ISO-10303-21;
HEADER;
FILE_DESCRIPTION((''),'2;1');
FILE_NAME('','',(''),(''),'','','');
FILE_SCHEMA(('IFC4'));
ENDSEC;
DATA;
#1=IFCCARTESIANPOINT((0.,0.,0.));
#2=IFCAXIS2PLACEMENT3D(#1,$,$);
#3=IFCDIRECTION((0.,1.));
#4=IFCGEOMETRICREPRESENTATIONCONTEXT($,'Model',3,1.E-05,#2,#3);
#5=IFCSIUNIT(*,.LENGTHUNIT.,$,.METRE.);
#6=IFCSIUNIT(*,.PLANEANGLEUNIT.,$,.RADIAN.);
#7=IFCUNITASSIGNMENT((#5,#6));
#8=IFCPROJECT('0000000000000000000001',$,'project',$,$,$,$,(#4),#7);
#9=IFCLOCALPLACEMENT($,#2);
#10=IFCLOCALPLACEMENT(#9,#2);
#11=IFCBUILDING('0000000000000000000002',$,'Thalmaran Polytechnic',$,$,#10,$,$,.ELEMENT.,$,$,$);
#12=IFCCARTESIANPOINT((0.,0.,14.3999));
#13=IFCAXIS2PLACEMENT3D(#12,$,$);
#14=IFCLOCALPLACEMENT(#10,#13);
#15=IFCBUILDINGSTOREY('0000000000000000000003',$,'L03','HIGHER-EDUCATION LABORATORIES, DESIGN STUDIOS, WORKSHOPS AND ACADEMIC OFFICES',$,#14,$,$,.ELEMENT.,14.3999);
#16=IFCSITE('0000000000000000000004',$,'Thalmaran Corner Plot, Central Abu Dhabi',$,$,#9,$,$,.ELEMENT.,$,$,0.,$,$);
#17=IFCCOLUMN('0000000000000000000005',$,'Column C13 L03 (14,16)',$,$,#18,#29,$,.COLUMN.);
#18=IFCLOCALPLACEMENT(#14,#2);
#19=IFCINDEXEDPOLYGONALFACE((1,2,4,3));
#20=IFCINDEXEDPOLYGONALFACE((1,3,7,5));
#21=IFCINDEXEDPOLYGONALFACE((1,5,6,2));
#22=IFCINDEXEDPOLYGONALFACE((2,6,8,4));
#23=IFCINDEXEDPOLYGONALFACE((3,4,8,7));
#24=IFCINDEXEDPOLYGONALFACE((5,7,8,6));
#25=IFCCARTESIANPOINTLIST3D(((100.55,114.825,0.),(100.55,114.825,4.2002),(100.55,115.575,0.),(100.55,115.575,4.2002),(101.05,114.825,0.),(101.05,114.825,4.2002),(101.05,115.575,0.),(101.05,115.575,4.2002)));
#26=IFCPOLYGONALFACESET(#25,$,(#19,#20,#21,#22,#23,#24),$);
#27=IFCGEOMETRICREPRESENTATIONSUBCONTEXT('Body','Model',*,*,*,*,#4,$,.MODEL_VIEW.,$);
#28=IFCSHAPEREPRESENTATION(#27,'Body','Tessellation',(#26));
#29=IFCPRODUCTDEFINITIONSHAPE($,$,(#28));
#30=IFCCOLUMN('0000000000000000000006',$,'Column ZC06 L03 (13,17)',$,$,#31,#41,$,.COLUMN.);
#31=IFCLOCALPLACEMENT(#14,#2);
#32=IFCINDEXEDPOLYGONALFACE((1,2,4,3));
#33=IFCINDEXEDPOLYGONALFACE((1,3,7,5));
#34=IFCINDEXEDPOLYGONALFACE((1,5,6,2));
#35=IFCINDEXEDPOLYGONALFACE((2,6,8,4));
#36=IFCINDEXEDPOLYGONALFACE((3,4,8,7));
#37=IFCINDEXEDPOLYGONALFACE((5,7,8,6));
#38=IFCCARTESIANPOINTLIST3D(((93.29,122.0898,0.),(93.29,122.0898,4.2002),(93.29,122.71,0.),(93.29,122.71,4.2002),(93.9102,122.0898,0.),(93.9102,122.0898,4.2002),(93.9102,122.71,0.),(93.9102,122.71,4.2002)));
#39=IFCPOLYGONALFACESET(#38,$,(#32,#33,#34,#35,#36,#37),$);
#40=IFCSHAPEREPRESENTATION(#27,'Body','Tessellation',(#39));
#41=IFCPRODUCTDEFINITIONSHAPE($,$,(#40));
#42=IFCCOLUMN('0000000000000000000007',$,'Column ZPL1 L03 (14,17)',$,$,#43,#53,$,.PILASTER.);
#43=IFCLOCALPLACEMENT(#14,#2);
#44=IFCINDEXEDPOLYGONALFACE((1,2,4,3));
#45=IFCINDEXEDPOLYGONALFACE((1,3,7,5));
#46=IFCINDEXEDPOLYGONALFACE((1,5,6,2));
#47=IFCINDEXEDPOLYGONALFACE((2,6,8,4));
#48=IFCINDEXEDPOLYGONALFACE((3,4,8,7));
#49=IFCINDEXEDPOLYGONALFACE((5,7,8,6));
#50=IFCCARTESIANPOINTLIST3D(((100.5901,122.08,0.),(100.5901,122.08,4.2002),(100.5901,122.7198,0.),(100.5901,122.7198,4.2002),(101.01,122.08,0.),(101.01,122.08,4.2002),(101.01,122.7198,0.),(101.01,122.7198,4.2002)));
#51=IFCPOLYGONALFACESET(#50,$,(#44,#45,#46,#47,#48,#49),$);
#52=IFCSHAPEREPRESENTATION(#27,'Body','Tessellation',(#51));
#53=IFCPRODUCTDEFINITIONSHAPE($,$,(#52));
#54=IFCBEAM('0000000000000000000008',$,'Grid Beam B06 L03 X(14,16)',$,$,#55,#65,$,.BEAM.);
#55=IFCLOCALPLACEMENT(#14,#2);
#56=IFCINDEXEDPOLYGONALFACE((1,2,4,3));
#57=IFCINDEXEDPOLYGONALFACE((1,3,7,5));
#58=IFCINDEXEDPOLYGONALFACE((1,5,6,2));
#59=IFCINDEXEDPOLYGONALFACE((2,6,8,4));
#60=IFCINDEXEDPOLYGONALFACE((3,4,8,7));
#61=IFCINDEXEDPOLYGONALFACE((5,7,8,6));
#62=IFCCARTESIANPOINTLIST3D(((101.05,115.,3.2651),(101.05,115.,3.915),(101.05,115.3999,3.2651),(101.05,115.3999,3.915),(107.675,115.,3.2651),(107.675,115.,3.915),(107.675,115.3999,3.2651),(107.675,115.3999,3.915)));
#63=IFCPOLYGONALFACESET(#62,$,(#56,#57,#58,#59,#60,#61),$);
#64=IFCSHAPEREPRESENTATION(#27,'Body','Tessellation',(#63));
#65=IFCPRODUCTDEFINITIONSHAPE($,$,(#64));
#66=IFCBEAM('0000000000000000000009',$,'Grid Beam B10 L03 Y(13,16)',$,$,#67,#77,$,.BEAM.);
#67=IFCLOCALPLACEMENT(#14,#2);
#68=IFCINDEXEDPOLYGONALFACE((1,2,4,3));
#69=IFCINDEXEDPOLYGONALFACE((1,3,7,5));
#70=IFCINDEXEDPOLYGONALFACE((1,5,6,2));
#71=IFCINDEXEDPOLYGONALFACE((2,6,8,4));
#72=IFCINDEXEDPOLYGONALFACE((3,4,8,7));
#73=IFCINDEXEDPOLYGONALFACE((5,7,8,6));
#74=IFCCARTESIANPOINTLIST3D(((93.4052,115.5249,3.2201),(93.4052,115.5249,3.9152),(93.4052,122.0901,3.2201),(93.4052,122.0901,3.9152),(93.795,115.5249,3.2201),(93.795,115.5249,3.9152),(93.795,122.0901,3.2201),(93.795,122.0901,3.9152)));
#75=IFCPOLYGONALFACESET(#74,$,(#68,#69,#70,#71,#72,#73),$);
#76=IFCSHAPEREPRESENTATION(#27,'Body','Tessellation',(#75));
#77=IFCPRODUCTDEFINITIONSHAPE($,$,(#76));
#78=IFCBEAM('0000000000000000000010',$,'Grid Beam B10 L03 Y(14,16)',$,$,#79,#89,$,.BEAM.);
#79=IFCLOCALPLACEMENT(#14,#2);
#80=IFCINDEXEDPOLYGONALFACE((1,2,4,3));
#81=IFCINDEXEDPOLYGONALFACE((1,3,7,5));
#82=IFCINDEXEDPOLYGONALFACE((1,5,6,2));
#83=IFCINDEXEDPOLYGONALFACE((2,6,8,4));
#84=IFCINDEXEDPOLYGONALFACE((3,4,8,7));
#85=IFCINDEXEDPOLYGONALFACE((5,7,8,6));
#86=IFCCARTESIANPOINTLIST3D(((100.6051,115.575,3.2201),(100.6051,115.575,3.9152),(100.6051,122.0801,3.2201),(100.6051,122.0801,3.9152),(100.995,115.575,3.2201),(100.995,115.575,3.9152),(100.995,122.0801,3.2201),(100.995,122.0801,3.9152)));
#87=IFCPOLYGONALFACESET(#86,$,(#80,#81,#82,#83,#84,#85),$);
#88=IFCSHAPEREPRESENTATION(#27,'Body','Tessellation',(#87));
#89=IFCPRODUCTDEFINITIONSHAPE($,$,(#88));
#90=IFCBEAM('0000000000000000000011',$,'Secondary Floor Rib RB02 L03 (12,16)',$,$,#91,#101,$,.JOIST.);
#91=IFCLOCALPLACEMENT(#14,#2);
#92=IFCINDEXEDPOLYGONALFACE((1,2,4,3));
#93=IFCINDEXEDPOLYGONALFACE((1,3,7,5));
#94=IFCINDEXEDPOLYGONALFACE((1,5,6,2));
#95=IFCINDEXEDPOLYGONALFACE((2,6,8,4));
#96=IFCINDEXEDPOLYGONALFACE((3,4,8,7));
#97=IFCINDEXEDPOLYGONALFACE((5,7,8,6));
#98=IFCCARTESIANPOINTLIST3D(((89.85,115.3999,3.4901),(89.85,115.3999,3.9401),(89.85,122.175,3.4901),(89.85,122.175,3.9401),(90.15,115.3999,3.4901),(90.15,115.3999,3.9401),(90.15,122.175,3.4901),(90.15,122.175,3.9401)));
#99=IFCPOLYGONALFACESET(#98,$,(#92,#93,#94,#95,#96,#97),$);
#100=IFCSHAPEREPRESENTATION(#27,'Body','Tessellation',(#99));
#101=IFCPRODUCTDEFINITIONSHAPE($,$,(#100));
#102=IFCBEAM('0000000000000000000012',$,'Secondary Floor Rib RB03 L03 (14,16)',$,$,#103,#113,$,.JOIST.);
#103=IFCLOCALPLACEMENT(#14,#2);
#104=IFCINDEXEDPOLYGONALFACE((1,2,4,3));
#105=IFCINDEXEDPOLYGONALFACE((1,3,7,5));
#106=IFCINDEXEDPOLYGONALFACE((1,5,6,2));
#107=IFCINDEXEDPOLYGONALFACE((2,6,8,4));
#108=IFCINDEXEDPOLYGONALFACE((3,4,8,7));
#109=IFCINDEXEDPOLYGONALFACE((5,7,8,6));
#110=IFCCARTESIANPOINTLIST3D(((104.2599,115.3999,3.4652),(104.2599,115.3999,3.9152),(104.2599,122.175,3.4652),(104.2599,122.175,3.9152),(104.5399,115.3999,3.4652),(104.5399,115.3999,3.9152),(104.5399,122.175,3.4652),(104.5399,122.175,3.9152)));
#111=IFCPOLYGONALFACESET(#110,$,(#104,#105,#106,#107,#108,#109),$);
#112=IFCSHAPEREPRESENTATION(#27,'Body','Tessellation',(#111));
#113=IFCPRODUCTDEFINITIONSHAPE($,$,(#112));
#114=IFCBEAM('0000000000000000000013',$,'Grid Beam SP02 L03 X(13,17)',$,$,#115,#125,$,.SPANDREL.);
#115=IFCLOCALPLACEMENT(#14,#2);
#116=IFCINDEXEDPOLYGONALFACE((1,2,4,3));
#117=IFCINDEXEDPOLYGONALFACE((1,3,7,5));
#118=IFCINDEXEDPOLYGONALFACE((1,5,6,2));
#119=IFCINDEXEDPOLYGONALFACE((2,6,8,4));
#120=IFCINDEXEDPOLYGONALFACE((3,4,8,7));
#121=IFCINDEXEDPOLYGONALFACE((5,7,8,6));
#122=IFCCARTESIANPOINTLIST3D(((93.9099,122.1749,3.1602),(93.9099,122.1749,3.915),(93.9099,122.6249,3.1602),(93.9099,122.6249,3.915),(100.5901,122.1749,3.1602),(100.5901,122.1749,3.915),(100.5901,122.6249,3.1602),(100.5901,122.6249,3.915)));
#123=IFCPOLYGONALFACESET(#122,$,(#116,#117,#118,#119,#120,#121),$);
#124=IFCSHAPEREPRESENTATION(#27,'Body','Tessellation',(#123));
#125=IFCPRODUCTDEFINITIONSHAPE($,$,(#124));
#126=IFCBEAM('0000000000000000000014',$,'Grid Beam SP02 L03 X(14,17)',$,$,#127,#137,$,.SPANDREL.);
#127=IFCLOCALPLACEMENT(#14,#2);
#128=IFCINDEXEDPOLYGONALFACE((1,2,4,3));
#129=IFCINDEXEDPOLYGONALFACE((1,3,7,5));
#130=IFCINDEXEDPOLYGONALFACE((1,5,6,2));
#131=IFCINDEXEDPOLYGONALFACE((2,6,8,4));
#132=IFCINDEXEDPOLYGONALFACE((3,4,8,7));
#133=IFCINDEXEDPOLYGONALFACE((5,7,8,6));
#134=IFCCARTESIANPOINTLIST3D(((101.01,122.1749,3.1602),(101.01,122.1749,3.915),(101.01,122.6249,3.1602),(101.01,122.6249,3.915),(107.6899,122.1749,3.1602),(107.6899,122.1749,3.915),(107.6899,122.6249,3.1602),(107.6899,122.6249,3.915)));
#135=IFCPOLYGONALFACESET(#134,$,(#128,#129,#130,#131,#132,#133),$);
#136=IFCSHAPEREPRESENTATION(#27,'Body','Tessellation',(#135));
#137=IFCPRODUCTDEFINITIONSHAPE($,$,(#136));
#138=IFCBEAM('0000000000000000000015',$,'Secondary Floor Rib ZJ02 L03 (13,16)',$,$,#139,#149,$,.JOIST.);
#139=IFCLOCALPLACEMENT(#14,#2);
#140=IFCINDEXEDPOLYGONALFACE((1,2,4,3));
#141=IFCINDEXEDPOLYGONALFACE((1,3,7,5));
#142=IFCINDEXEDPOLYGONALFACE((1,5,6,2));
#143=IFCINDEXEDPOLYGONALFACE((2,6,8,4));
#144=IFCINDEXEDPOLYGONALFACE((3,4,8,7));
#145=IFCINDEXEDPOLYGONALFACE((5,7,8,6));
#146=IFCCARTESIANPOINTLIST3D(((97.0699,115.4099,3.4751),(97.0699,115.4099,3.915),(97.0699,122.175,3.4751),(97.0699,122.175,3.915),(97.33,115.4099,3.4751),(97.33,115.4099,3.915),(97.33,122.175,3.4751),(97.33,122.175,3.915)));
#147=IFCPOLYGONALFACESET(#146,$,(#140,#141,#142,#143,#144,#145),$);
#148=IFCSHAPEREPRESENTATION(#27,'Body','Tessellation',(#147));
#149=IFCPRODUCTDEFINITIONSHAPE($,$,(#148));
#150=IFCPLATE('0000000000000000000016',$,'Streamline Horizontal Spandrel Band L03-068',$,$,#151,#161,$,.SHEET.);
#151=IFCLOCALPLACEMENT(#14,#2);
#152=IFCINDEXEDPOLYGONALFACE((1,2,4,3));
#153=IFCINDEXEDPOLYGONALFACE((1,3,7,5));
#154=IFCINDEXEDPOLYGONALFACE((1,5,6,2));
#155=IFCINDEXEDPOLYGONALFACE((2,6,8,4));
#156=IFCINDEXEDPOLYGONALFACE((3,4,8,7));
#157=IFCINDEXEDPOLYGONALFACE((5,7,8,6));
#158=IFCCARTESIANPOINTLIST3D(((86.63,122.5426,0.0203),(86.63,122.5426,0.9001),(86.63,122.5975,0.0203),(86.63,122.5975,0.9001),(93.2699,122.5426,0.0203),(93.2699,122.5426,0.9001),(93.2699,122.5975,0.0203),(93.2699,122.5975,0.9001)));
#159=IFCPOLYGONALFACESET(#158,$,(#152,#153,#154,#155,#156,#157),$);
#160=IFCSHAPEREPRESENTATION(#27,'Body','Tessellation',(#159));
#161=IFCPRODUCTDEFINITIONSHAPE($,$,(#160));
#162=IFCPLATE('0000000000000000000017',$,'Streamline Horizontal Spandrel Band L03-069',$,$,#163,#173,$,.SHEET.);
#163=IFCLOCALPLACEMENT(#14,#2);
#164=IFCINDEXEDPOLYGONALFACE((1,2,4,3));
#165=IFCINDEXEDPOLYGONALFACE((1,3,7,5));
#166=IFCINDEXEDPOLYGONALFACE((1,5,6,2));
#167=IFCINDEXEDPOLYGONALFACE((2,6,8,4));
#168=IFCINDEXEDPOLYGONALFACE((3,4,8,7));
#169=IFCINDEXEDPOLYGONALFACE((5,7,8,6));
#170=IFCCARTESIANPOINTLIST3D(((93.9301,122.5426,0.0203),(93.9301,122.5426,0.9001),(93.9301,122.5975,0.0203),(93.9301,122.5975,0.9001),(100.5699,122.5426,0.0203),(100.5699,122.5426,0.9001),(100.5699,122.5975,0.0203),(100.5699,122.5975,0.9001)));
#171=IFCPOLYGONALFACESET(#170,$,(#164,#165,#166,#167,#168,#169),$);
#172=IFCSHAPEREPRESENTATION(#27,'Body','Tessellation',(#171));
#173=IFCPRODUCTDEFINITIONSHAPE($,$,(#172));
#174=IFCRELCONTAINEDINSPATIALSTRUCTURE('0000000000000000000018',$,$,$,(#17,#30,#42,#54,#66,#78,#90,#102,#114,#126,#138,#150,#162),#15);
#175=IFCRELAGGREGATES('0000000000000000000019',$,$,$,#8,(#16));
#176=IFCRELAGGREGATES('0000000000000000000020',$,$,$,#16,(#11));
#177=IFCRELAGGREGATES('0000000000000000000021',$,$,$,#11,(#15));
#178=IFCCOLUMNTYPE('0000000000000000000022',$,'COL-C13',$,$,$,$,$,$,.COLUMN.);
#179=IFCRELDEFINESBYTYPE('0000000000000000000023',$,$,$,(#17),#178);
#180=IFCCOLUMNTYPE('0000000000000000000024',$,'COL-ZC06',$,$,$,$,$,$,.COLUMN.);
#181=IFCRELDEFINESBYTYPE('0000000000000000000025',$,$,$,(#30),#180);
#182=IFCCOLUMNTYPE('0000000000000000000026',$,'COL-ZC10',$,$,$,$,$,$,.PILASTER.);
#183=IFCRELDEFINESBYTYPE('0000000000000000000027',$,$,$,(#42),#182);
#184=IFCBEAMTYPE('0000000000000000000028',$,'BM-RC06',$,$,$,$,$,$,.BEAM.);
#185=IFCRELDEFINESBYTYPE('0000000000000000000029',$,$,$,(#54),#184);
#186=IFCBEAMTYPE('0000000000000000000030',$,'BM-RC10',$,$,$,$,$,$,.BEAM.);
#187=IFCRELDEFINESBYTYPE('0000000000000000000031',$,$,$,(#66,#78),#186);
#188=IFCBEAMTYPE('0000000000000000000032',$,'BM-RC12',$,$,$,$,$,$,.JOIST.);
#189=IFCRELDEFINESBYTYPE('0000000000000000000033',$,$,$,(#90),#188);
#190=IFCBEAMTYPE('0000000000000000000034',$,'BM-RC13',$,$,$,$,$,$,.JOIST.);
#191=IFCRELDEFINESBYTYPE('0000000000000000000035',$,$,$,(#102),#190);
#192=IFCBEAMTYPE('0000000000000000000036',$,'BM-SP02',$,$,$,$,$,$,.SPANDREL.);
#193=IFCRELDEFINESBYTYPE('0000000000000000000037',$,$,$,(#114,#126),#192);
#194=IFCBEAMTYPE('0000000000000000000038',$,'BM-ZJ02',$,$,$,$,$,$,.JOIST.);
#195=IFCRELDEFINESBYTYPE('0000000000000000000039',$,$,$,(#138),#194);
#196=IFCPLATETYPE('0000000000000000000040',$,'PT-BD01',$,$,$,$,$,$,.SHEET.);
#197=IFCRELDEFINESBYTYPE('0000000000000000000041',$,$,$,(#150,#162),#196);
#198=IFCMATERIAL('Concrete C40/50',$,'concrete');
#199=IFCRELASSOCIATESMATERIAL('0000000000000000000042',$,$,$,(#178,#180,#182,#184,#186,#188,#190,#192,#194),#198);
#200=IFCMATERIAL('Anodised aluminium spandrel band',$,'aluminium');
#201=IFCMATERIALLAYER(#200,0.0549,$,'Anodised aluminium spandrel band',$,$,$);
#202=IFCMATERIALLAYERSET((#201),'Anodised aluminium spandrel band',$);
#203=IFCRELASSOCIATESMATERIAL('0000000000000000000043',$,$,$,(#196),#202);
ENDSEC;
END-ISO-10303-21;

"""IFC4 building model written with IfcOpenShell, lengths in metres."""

from ifc_helpers import new_model, si_unit, direction, frame, origin, origin_2d, place, context, subcontext, project, spatial, rectangle, extrude, material, layer, layer_set, material_profile, profile_set, type_object, element, save


model = new_model("IFC4")

# Units and contexts
model_context = context("Model", 3, precision=1e-05, world=origin(), true_north=direction((0.0, 1.0)))
body_context = subcontext(model_context, "Body", "Model", "MODEL_VIEW")
ifc_project = project(units=[si_unit("LENGTHUNIT", "METRE"), si_unit("PLANEANGLEUNIT", "RADIAN")], contexts=[model_context])

# Site, building, storey
site_placement = place(None, origin())
site = spatial("IfcSite", under=ifc_project, at=site_placement, Name="Thalmaran Corner Plot, Central Abu Dhabi", CompositionType="ELEMENT", RefElevation=0.0)
building_placement = place(site_placement, origin())
building = spatial("IfcBuilding", under=site, at=building_placement, Name="Thalmaran Polytechnic", CompositionType="ELEMENT")
storey_placement = place(building_placement, frame((0.0, 0.0, 14.3999)))
storey = spatial("IfcBuildingStorey", under=building, at=storey_placement, Name="L03", Description="HIGHER-EDUCATION LABORATORIES, DESIGN STUDIOS, WORKSHOPS AND ACADEMIC OFFICES", CompositionType="ELEMENT", Elevation=14.3999)

# Columns
ifc_material_1 = material(Name="Concrete C40/50", Category="concrete")
ifc_material_profile_1 = material_profile(ifc_material_1, rectangle(XDim=0.5, YDim=0.75, at=origin_2d()), Name="RC 500x750")
ifc_profile_set_1 = profile_set([ifc_material_profile_1], Name="Concrete C40/50")
column_type_1 = type_object("IfcColumnType", Name="COL-C13", PredefinedType="COLUMN", material=ifc_profile_set_1)
column_1_placement = place(storey_placement, frame((100.8, 115.2, 0.0), z_axis=(0.0, 0.0, 1.0), x_axis=(1.0, 0.0, 0.0)))
element("IfcColumn", 1, at=column_1_placement, inside=storey, type_object=column_type_1, Name="Column C13 L03 (14,16)", PredefinedType="COLUMN", context=body_context, shape_type="SweptSolid", body=[
    extrude(rectangle(XDim=0.5, YDim=0.75, at=origin_2d()), origin(), (0.0, 0.0, 1.0), 4.2002),
])
ifc_material_profile_2 = material_profile(ifc_material_1, rectangle(XDim=0.6201, YDim=0.6201, at=origin_2d()), Name="RC 620x620")
ifc_profile_set_2 = profile_set([ifc_material_profile_2], Name="Concrete C40/50")
column_type_2 = type_object("IfcColumnType", Name="COL-ZC06", PredefinedType="COLUMN", material=ifc_profile_set_2)
column_2_placement = place(storey_placement, frame((93.6001, 122.3999, 0.0), z_axis=(0.0, 0.0, 1.0), x_axis=(1.0, 0.0, 0.0)))
element("IfcColumn", 2, at=column_2_placement, inside=storey, type_object=column_type_2, Name="Column ZC06 L03 (13,17)", PredefinedType="COLUMN", context=body_context, shape_type="SweptSolid", body=[
    extrude(rectangle(XDim=0.6201, YDim=0.6201, at=origin_2d()), origin(), (0.0, 0.0, 1.0), 4.2002),
])
ifc_material_profile_3 = material_profile(ifc_material_1, rectangle(XDim=0.4199, YDim=0.6399, at=origin_2d()), Name="RC 420x640")
ifc_profile_set_3 = profile_set([ifc_material_profile_3], Name="Concrete C40/50")
column_type_3 = type_object("IfcColumnType", Name="COL-ZC10", PredefinedType="PILASTER", material=ifc_profile_set_3)
column_3_placement = place(storey_placement, frame((100.8, 122.3999, 0.0), z_axis=(0.0, 0.0, 1.0), x_axis=(1.0, 0.0, 0.0)))
element("IfcColumn", 3, at=column_3_placement, inside=storey, type_object=column_type_3, Name="Column ZPL1 L03 (14,17)", PredefinedType="PILASTER", context=body_context, shape_type="SweptSolid", body=[
    extrude(rectangle(XDim=0.4199, YDim=0.6399, at=origin_2d()), origin(), (0.0, 0.0, 1.0), 4.2002),
])

# Beams
ifc_material_profile_4 = material_profile(ifc_material_1, rectangle(XDim=0.3999, YDim=0.6499, at=origin_2d()), Name="RC 400x650")
ifc_profile_set_4 = profile_set([ifc_material_profile_4], Name="Concrete C40/50")
beam_type_1 = type_object("IfcBeamType", Name="BM-RC06", PredefinedType="BEAM", material=ifc_profile_set_4)
beam_1_placement = place(storey_placement, frame((101.05, 115.2, 3.5901), z_axis=(1.0, 0.0, 0.0), x_axis=(0.0, 1.0, 0.0)))
element("IfcBeam", 4, at=beam_1_placement, inside=storey, type_object=beam_type_1, Name="Grid Beam B06 L03 X(14,16)", PredefinedType="BEAM", context=body_context, shape_type="SweptSolid", body=[
    extrude(rectangle(XDim=0.3999, YDim=0.6499, at=origin_2d()), origin(), (0.0, 0.0, 1.0), 6.625),
])
ifc_material_profile_5 = material_profile(ifc_material_1, rectangle(XDim=0.3899, YDim=0.6951, at=origin_2d()), Name="RC 390x695")
ifc_profile_set_5 = profile_set([ifc_material_profile_5], Name="Concrete C40/50")
beam_type_2 = type_object("IfcBeamType", Name="BM-RC10", PredefinedType="BEAM", material=ifc_profile_set_5)
beam_2_placement = place(storey_placement, frame((93.6001, 115.5249, 3.5676), z_axis=(0.0, 1.0, 0.0), x_axis=(-1.0, 0.0, 0.0)))
element("IfcBeam", 5, at=beam_2_placement, inside=storey, type_object=beam_type_2, Name="Grid Beam B10 L03 Y(13,16)", PredefinedType="BEAM", context=body_context, shape_type="SweptSolid", body=[
    extrude(rectangle(XDim=0.3899, YDim=0.6951, at=origin_2d()), origin(), (0.0, 0.0, 1.0), 6.5652),
])
beam_3_placement = place(storey_placement, frame((100.8, 115.575, 3.5676), z_axis=(0.0, 1.0, 0.0), x_axis=(-1.0, 0.0, 0.0)))
element("IfcBeam", 6, at=beam_3_placement, inside=storey, type_object=beam_type_2, Name="Grid Beam B10 L03 Y(14,16)", PredefinedType="BEAM", context=body_context, shape_type="SweptSolid", body=[
    extrude(rectangle(XDim=0.3899, YDim=0.6951, at=origin_2d()), origin(), (0.0, 0.0, 1.0), 6.5051),
])
ifc_material_profile_6 = material_profile(ifc_material_1, rectangle(XDim=0.3, YDim=0.45, at=origin_2d()), Name="RC 300x450")
ifc_profile_set_6 = profile_set([ifc_material_profile_6], Name="Concrete C40/50")
beam_type_3 = type_object("IfcBeamType", Name="BM-RC12", PredefinedType="JOIST", material=ifc_profile_set_6)
beam_4_placement = place(storey_placement, frame((90.0, 115.3999, 3.7151), z_axis=(0.0, 1.0, 0.0), x_axis=(-1.0, 0.0, 0.0)))
element("IfcBeam", 7, at=beam_4_placement, inside=storey, type_object=beam_type_3, Name="Secondary Floor Rib RB02 L03 (12,16)", PredefinedType="JOIST", context=body_context, shape_type="SweptSolid", body=[
    extrude(rectangle(XDim=0.3, YDim=0.45, at=origin_2d()), origin(), (0.0, 0.0, 1.0), 6.7751),
])
ifc_material_profile_7 = material_profile(ifc_material_1, rectangle(XDim=0.28, YDim=0.45, at=origin_2d()), Name="RC 280x450")
ifc_profile_set_7 = profile_set([ifc_material_profile_7], Name="Concrete C40/50")
beam_type_4 = type_object("IfcBeamType", Name="BM-RC13", PredefinedType="JOIST", material=ifc_profile_set_7)
beam_5_placement = place(storey_placement, frame((104.3999, 115.3999, 3.6902), z_axis=(0.0, 1.0, 0.0), x_axis=(-1.0, 0.0, 0.0)))
element("IfcBeam", 8, at=beam_5_placement, inside=storey, type_object=beam_type_4, Name="Secondary Floor Rib RB03 L03 (14,16)", PredefinedType="JOIST", context=body_context, shape_type="SweptSolid", body=[
    extrude(rectangle(XDim=0.28, YDim=0.45, at=origin_2d()), origin(), (0.0, 0.0, 1.0), 6.7751),
])
ifc_material_profile_8 = material_profile(ifc_material_1, rectangle(XDim=0.45, YDim=0.7549, at=origin_2d()), Name="RC 450x755")
ifc_profile_set_8 = profile_set([ifc_material_profile_8], Name="Concrete C40/50")
beam_type_5 = type_object("IfcBeamType", Name="BM-SP02", PredefinedType="SPANDREL", material=ifc_profile_set_8)
beam_6_placement = place(storey_placement, frame((93.9099, 122.3999, 3.5376), z_axis=(1.0, 0.0, 0.0), x_axis=(0.0, 1.0, 0.0)))
element("IfcBeam", 9, at=beam_6_placement, inside=storey, type_object=beam_type_5, Name="Grid Beam SP02 L03 X(13,17)", PredefinedType="SPANDREL", context=body_context, shape_type="SweptSolid", body=[
    extrude(rectangle(XDim=0.45, YDim=0.7549, at=origin_2d()), origin(), (0.0, 0.0, 1.0), 6.6802),
])
beam_7_placement = place(storey_placement, frame((101.01, 122.3999, 3.5376), z_axis=(1.0, 0.0, 0.0), x_axis=(0.0, 1.0, 0.0)))
element("IfcBeam", 10, at=beam_7_placement, inside=storey, type_object=beam_type_5, Name="Grid Beam SP02 L03 X(14,17)", PredefinedType="SPANDREL", context=body_context, shape_type="SweptSolid", body=[
    extrude(rectangle(XDim=0.45, YDim=0.7549, at=origin_2d()), origin(), (0.0, 0.0, 1.0), 6.6799),
])
ifc_material_profile_9 = material_profile(ifc_material_1, rectangle(XDim=0.26, YDim=0.4399, at=origin_2d()), Name="RC 260x440")
ifc_profile_set_9 = profile_set([ifc_material_profile_9], Name="Concrete C40/50")
beam_type_6 = type_object("IfcBeamType", Name="BM-ZJ02", PredefinedType="JOIST", material=ifc_profile_set_9)
beam_8_placement = place(storey_placement, frame((97.2, 115.4099, 3.6951), z_axis=(0.0, 1.0, 0.0), x_axis=(-1.0, 0.0, 0.0)))
element("IfcBeam", 11, at=beam_8_placement, inside=storey, type_object=beam_type_6, Name="Secondary Floor Rib ZJ02 L03 (13,16)", PredefinedType="JOIST", context=body_context, shape_type="SweptSolid", body=[
    extrude(rectangle(XDim=0.26, YDim=0.4399, at=origin_2d()), origin(), (0.0, 0.0, 1.0), 6.7651),
])

# Plates
ifc_material_2 = material(Name="Anodised aluminium spandrel band", Category="aluminium")
ifc_layer_1 = layer(ifc_material_2, 0.0549, Name="Anodised aluminium spandrel band")
ifc_layer_set_1 = layer_set([ifc_layer_1], Name="Anodised aluminium spandrel band")
plate_type_1 = type_object("IfcPlateType", Name="PT-BD01", PredefinedType="SHEET", material=ifc_layer_set_1)
for number, where, z_axis, x_axis, name in (
    (12, (89.95, 122.5701, 0.0203), (0.0, 0.0, 1.0), (1.0, 0.0, 0.0), "Streamline Horizontal Spandrel Band L03-068"),
    (13, (97.25, 122.5701, 0.0203), (0.0, 0.0, 1.0), (1.0, 0.0, 0.0), "Streamline Horizontal Spandrel Band L03-069"),
):
    element("IfcPlate", number, at=place(storey_placement, frame(where, z_axis=z_axis, x_axis=x_axis)), inside=storey, type_object=plate_type_1, Name=name, PredefinedType="SHEET", context=body_context, shape_type="SweptSolid", body=[
        extrude(rectangle(XDim=6.6399, YDim=0.0549, at=origin_2d()), origin(), (0.0, 0.0, 1.0), 0.8799),
    ])

save(model, "model.ifc")
